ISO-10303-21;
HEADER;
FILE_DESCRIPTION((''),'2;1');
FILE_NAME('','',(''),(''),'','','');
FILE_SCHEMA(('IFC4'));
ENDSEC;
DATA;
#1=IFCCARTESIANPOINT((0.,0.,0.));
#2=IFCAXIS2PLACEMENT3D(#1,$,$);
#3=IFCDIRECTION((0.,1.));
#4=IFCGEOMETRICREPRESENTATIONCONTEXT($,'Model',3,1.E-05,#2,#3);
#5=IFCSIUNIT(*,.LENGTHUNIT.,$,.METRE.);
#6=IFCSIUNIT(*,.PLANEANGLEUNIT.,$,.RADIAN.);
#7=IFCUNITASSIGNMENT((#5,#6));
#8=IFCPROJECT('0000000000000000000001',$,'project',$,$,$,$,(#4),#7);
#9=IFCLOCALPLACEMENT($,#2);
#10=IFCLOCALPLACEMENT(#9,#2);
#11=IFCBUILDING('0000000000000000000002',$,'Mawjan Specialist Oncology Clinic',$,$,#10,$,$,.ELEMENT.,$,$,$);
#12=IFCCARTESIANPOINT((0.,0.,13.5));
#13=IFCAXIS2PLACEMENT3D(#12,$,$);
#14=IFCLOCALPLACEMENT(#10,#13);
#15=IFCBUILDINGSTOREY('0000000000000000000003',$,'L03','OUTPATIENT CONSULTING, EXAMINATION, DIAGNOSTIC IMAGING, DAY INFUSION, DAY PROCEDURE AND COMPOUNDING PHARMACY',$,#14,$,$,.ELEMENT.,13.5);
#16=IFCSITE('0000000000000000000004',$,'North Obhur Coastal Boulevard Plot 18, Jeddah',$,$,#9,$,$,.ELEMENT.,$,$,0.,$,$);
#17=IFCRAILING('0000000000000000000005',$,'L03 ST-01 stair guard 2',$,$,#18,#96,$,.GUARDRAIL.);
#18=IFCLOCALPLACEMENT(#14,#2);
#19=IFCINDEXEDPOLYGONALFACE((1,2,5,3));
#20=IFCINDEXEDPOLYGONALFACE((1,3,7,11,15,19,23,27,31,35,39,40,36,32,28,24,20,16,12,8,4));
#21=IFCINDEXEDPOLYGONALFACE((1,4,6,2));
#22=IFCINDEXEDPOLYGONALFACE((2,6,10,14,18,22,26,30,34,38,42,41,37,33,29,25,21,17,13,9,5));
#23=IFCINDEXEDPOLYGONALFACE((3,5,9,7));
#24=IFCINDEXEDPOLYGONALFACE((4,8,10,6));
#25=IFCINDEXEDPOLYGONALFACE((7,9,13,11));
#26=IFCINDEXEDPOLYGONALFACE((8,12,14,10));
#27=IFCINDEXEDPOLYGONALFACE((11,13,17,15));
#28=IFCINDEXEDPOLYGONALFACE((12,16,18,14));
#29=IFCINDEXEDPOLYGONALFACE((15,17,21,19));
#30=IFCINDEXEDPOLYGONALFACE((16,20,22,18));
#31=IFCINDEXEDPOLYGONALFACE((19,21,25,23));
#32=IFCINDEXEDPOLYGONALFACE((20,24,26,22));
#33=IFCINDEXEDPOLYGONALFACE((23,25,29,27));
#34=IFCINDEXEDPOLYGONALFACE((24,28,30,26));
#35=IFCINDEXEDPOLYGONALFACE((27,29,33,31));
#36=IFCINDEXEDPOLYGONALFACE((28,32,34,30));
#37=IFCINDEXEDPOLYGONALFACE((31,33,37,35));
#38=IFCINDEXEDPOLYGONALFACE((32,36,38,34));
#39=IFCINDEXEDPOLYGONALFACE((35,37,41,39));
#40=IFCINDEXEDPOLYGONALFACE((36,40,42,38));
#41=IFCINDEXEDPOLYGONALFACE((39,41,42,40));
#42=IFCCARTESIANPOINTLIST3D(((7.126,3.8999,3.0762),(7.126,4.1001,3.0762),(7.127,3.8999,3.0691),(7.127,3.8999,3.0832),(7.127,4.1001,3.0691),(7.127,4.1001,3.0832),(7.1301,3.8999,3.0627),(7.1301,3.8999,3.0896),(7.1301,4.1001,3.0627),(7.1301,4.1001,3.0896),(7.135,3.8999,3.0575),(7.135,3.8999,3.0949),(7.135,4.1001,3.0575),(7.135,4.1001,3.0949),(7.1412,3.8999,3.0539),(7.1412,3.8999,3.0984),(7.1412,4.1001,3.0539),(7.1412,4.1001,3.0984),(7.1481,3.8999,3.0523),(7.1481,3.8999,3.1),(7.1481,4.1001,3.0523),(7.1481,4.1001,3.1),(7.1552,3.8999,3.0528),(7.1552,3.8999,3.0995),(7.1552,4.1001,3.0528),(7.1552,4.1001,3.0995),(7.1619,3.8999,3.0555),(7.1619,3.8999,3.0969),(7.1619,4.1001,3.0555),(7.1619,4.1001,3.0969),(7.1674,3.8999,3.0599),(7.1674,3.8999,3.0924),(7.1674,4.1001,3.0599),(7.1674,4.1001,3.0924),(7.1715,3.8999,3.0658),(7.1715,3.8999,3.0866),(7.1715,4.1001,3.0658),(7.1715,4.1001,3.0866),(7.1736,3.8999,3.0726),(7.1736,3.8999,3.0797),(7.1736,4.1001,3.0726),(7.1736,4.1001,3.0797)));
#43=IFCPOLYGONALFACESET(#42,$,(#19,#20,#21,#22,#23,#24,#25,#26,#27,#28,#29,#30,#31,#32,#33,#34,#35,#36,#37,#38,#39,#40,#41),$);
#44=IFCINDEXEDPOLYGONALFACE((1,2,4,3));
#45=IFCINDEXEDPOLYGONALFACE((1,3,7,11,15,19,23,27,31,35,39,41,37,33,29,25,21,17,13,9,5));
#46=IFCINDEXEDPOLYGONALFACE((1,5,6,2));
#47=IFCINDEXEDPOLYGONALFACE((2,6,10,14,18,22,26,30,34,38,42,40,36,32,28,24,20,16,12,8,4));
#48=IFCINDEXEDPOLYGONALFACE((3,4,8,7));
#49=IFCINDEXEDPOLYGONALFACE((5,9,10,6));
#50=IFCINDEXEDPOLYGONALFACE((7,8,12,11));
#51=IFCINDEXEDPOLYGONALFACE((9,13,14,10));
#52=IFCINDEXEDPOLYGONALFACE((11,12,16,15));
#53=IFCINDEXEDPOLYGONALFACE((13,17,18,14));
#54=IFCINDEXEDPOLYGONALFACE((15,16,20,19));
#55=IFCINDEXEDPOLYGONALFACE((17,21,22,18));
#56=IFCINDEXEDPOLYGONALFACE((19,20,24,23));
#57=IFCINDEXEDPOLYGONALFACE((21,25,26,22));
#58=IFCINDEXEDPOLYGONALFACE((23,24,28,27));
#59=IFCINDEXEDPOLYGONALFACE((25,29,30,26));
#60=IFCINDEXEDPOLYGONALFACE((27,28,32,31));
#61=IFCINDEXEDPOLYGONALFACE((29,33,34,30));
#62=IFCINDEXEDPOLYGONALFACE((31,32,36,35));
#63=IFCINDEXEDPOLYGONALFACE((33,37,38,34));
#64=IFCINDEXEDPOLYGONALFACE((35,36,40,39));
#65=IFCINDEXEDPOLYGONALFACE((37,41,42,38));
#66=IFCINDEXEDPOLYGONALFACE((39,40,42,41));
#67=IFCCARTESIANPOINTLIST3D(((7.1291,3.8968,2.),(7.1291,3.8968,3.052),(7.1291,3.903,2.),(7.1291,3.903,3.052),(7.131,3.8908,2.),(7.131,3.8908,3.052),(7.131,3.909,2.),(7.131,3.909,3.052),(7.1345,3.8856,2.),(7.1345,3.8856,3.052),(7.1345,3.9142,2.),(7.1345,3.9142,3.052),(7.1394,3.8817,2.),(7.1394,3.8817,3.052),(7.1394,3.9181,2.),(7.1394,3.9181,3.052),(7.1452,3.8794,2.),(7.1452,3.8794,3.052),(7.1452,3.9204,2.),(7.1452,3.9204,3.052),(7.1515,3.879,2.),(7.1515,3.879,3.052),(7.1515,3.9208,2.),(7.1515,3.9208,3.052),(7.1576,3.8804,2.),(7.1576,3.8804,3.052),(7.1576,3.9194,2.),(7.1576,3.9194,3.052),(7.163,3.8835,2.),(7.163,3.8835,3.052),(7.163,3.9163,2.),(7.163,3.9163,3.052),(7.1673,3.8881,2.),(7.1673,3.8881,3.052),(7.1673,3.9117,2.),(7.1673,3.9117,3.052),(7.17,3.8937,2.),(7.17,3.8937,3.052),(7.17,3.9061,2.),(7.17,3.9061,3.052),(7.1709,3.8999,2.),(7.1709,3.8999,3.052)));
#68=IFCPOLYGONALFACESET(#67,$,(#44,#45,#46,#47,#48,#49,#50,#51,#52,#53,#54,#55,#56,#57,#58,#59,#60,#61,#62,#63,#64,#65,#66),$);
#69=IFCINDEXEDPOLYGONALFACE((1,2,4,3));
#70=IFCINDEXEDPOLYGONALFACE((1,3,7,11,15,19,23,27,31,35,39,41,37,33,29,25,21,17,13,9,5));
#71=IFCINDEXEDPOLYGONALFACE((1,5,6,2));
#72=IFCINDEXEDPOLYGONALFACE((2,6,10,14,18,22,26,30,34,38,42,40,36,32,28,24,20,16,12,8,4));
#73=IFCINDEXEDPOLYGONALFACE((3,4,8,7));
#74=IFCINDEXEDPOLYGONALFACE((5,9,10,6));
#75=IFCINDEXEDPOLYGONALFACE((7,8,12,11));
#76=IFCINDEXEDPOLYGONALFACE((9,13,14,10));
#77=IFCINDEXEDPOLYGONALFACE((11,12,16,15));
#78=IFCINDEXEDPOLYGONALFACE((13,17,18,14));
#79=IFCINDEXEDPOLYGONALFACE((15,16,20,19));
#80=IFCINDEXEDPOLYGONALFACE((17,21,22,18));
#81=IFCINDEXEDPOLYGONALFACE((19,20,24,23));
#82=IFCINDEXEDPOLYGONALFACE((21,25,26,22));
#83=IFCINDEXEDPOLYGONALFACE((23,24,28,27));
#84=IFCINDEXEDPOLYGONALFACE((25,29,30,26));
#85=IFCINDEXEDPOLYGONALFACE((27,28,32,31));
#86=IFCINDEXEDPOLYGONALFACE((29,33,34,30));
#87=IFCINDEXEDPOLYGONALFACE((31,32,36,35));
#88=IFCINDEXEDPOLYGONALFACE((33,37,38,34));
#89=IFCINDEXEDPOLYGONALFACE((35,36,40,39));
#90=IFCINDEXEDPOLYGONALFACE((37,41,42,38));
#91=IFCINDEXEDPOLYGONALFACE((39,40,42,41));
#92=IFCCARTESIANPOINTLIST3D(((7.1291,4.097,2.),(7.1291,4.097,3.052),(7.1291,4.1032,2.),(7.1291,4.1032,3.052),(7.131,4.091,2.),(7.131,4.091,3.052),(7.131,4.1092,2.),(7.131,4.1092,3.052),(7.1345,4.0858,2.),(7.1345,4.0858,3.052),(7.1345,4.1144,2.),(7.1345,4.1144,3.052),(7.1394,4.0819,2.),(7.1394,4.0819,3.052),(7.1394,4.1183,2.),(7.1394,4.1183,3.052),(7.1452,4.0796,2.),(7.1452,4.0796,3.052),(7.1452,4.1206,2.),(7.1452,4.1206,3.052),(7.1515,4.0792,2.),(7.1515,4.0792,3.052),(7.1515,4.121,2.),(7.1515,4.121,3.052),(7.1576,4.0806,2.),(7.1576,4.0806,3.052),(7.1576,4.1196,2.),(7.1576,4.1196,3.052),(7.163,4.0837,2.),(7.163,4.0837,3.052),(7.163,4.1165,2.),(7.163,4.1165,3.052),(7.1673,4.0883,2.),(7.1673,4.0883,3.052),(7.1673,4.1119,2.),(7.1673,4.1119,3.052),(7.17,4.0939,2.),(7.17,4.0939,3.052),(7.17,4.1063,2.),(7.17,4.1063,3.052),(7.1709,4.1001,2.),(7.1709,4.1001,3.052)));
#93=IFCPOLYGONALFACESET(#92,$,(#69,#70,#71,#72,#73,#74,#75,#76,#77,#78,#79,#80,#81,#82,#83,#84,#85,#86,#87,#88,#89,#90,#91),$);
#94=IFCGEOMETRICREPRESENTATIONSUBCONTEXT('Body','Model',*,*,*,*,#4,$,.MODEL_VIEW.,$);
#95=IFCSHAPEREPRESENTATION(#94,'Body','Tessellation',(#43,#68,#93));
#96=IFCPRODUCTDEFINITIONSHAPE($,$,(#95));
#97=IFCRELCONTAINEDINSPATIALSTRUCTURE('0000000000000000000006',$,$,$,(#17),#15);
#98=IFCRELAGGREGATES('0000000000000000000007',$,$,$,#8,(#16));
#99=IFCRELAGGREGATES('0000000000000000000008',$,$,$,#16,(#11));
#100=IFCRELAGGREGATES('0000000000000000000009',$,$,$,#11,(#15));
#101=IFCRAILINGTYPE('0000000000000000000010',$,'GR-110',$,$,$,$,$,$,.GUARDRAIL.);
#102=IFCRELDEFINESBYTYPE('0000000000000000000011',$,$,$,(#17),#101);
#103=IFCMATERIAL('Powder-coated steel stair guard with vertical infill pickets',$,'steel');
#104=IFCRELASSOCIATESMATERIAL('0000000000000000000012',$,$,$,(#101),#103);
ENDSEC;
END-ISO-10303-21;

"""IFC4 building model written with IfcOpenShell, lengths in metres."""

from ifc_helpers import new_model, si_unit, direction, frame, origin, origin_2d, place, context, subcontext, project, spatial, circle, extrude, material, type_object, element, save


model = new_model("IFC4")

# Units and contexts
model_context = context("Model", 3, precision=1e-05, world=origin(), true_north=direction((0.0, 1.0)))
body_context = subcontext(model_context, "Body", "Model", "MODEL_VIEW")
ifc_project = project(units=[si_unit("LENGTHUNIT", "METRE"), si_unit("PLANEANGLEUNIT", "RADIAN")], contexts=[model_context])

# Site, building, storey
site_placement = place(None, origin())
site = spatial("IfcSite", under=ifc_project, at=site_placement, Name="North Obhur Coastal Boulevard Plot 18, Jeddah", CompositionType="ELEMENT", RefElevation=0.0)
building_placement = place(site_placement, origin())
building = spatial("IfcBuilding", under=site, at=building_placement, Name="Mawjan Specialist Oncology Clinic", CompositionType="ELEMENT")
storey_placement = place(building_placement, frame((0.0, 0.0, 13.5)))
storey = spatial("IfcBuildingStorey", under=building, at=storey_placement, Name="L03", Description="OUTPATIENT CONSULTING, EXAMINATION, DIAGNOSTIC IMAGING, DAY INFUSION, DAY PROCEDURE AND COMPOUNDING PHARMACY", CompositionType="ELEMENT", Elevation=13.5)

# Railing
ifc_material_1 = material(Name="Powder-coated steel stair guard with vertical infill pickets", Category="steel")
railing_type_1 = type_object("IfcRailingType", Name="GR-110", PredefinedType="GUARDRAIL", material=ifc_material_1)
railing_1_placement = place(storey_placement, frame((7.1499, 3.8999, 2.0)))
element("IfcRailing", 1, at=railing_1_placement, inside=storey, type_object=railing_type_1, Name="L03 ST-01 stair guard 2", PredefinedType="GUARDRAIL", context=body_context, shape_type="SweptSolid", body=[
    extrude(circle(Radius=0.0239, at=origin_2d()), frame((0.0, 0.0, 1.0762), z_axis=(0.0, 1.0, 0.0), x_axis=(-1.0, 0.0, 0.0)), (0.0, 0.0, 1.0), 0.2002),
    extrude(circle(Radius=0.021, at=origin_2d()), origin(), (0.0, 0.0, 1.0), 1.052),
    extrude(circle(Radius=0.021, at=origin_2d()), frame((0.0, 0.2002, 0.0)), (0.0, 0.0, 1.0), 1.052),
])

save(model, "model.ifc")
